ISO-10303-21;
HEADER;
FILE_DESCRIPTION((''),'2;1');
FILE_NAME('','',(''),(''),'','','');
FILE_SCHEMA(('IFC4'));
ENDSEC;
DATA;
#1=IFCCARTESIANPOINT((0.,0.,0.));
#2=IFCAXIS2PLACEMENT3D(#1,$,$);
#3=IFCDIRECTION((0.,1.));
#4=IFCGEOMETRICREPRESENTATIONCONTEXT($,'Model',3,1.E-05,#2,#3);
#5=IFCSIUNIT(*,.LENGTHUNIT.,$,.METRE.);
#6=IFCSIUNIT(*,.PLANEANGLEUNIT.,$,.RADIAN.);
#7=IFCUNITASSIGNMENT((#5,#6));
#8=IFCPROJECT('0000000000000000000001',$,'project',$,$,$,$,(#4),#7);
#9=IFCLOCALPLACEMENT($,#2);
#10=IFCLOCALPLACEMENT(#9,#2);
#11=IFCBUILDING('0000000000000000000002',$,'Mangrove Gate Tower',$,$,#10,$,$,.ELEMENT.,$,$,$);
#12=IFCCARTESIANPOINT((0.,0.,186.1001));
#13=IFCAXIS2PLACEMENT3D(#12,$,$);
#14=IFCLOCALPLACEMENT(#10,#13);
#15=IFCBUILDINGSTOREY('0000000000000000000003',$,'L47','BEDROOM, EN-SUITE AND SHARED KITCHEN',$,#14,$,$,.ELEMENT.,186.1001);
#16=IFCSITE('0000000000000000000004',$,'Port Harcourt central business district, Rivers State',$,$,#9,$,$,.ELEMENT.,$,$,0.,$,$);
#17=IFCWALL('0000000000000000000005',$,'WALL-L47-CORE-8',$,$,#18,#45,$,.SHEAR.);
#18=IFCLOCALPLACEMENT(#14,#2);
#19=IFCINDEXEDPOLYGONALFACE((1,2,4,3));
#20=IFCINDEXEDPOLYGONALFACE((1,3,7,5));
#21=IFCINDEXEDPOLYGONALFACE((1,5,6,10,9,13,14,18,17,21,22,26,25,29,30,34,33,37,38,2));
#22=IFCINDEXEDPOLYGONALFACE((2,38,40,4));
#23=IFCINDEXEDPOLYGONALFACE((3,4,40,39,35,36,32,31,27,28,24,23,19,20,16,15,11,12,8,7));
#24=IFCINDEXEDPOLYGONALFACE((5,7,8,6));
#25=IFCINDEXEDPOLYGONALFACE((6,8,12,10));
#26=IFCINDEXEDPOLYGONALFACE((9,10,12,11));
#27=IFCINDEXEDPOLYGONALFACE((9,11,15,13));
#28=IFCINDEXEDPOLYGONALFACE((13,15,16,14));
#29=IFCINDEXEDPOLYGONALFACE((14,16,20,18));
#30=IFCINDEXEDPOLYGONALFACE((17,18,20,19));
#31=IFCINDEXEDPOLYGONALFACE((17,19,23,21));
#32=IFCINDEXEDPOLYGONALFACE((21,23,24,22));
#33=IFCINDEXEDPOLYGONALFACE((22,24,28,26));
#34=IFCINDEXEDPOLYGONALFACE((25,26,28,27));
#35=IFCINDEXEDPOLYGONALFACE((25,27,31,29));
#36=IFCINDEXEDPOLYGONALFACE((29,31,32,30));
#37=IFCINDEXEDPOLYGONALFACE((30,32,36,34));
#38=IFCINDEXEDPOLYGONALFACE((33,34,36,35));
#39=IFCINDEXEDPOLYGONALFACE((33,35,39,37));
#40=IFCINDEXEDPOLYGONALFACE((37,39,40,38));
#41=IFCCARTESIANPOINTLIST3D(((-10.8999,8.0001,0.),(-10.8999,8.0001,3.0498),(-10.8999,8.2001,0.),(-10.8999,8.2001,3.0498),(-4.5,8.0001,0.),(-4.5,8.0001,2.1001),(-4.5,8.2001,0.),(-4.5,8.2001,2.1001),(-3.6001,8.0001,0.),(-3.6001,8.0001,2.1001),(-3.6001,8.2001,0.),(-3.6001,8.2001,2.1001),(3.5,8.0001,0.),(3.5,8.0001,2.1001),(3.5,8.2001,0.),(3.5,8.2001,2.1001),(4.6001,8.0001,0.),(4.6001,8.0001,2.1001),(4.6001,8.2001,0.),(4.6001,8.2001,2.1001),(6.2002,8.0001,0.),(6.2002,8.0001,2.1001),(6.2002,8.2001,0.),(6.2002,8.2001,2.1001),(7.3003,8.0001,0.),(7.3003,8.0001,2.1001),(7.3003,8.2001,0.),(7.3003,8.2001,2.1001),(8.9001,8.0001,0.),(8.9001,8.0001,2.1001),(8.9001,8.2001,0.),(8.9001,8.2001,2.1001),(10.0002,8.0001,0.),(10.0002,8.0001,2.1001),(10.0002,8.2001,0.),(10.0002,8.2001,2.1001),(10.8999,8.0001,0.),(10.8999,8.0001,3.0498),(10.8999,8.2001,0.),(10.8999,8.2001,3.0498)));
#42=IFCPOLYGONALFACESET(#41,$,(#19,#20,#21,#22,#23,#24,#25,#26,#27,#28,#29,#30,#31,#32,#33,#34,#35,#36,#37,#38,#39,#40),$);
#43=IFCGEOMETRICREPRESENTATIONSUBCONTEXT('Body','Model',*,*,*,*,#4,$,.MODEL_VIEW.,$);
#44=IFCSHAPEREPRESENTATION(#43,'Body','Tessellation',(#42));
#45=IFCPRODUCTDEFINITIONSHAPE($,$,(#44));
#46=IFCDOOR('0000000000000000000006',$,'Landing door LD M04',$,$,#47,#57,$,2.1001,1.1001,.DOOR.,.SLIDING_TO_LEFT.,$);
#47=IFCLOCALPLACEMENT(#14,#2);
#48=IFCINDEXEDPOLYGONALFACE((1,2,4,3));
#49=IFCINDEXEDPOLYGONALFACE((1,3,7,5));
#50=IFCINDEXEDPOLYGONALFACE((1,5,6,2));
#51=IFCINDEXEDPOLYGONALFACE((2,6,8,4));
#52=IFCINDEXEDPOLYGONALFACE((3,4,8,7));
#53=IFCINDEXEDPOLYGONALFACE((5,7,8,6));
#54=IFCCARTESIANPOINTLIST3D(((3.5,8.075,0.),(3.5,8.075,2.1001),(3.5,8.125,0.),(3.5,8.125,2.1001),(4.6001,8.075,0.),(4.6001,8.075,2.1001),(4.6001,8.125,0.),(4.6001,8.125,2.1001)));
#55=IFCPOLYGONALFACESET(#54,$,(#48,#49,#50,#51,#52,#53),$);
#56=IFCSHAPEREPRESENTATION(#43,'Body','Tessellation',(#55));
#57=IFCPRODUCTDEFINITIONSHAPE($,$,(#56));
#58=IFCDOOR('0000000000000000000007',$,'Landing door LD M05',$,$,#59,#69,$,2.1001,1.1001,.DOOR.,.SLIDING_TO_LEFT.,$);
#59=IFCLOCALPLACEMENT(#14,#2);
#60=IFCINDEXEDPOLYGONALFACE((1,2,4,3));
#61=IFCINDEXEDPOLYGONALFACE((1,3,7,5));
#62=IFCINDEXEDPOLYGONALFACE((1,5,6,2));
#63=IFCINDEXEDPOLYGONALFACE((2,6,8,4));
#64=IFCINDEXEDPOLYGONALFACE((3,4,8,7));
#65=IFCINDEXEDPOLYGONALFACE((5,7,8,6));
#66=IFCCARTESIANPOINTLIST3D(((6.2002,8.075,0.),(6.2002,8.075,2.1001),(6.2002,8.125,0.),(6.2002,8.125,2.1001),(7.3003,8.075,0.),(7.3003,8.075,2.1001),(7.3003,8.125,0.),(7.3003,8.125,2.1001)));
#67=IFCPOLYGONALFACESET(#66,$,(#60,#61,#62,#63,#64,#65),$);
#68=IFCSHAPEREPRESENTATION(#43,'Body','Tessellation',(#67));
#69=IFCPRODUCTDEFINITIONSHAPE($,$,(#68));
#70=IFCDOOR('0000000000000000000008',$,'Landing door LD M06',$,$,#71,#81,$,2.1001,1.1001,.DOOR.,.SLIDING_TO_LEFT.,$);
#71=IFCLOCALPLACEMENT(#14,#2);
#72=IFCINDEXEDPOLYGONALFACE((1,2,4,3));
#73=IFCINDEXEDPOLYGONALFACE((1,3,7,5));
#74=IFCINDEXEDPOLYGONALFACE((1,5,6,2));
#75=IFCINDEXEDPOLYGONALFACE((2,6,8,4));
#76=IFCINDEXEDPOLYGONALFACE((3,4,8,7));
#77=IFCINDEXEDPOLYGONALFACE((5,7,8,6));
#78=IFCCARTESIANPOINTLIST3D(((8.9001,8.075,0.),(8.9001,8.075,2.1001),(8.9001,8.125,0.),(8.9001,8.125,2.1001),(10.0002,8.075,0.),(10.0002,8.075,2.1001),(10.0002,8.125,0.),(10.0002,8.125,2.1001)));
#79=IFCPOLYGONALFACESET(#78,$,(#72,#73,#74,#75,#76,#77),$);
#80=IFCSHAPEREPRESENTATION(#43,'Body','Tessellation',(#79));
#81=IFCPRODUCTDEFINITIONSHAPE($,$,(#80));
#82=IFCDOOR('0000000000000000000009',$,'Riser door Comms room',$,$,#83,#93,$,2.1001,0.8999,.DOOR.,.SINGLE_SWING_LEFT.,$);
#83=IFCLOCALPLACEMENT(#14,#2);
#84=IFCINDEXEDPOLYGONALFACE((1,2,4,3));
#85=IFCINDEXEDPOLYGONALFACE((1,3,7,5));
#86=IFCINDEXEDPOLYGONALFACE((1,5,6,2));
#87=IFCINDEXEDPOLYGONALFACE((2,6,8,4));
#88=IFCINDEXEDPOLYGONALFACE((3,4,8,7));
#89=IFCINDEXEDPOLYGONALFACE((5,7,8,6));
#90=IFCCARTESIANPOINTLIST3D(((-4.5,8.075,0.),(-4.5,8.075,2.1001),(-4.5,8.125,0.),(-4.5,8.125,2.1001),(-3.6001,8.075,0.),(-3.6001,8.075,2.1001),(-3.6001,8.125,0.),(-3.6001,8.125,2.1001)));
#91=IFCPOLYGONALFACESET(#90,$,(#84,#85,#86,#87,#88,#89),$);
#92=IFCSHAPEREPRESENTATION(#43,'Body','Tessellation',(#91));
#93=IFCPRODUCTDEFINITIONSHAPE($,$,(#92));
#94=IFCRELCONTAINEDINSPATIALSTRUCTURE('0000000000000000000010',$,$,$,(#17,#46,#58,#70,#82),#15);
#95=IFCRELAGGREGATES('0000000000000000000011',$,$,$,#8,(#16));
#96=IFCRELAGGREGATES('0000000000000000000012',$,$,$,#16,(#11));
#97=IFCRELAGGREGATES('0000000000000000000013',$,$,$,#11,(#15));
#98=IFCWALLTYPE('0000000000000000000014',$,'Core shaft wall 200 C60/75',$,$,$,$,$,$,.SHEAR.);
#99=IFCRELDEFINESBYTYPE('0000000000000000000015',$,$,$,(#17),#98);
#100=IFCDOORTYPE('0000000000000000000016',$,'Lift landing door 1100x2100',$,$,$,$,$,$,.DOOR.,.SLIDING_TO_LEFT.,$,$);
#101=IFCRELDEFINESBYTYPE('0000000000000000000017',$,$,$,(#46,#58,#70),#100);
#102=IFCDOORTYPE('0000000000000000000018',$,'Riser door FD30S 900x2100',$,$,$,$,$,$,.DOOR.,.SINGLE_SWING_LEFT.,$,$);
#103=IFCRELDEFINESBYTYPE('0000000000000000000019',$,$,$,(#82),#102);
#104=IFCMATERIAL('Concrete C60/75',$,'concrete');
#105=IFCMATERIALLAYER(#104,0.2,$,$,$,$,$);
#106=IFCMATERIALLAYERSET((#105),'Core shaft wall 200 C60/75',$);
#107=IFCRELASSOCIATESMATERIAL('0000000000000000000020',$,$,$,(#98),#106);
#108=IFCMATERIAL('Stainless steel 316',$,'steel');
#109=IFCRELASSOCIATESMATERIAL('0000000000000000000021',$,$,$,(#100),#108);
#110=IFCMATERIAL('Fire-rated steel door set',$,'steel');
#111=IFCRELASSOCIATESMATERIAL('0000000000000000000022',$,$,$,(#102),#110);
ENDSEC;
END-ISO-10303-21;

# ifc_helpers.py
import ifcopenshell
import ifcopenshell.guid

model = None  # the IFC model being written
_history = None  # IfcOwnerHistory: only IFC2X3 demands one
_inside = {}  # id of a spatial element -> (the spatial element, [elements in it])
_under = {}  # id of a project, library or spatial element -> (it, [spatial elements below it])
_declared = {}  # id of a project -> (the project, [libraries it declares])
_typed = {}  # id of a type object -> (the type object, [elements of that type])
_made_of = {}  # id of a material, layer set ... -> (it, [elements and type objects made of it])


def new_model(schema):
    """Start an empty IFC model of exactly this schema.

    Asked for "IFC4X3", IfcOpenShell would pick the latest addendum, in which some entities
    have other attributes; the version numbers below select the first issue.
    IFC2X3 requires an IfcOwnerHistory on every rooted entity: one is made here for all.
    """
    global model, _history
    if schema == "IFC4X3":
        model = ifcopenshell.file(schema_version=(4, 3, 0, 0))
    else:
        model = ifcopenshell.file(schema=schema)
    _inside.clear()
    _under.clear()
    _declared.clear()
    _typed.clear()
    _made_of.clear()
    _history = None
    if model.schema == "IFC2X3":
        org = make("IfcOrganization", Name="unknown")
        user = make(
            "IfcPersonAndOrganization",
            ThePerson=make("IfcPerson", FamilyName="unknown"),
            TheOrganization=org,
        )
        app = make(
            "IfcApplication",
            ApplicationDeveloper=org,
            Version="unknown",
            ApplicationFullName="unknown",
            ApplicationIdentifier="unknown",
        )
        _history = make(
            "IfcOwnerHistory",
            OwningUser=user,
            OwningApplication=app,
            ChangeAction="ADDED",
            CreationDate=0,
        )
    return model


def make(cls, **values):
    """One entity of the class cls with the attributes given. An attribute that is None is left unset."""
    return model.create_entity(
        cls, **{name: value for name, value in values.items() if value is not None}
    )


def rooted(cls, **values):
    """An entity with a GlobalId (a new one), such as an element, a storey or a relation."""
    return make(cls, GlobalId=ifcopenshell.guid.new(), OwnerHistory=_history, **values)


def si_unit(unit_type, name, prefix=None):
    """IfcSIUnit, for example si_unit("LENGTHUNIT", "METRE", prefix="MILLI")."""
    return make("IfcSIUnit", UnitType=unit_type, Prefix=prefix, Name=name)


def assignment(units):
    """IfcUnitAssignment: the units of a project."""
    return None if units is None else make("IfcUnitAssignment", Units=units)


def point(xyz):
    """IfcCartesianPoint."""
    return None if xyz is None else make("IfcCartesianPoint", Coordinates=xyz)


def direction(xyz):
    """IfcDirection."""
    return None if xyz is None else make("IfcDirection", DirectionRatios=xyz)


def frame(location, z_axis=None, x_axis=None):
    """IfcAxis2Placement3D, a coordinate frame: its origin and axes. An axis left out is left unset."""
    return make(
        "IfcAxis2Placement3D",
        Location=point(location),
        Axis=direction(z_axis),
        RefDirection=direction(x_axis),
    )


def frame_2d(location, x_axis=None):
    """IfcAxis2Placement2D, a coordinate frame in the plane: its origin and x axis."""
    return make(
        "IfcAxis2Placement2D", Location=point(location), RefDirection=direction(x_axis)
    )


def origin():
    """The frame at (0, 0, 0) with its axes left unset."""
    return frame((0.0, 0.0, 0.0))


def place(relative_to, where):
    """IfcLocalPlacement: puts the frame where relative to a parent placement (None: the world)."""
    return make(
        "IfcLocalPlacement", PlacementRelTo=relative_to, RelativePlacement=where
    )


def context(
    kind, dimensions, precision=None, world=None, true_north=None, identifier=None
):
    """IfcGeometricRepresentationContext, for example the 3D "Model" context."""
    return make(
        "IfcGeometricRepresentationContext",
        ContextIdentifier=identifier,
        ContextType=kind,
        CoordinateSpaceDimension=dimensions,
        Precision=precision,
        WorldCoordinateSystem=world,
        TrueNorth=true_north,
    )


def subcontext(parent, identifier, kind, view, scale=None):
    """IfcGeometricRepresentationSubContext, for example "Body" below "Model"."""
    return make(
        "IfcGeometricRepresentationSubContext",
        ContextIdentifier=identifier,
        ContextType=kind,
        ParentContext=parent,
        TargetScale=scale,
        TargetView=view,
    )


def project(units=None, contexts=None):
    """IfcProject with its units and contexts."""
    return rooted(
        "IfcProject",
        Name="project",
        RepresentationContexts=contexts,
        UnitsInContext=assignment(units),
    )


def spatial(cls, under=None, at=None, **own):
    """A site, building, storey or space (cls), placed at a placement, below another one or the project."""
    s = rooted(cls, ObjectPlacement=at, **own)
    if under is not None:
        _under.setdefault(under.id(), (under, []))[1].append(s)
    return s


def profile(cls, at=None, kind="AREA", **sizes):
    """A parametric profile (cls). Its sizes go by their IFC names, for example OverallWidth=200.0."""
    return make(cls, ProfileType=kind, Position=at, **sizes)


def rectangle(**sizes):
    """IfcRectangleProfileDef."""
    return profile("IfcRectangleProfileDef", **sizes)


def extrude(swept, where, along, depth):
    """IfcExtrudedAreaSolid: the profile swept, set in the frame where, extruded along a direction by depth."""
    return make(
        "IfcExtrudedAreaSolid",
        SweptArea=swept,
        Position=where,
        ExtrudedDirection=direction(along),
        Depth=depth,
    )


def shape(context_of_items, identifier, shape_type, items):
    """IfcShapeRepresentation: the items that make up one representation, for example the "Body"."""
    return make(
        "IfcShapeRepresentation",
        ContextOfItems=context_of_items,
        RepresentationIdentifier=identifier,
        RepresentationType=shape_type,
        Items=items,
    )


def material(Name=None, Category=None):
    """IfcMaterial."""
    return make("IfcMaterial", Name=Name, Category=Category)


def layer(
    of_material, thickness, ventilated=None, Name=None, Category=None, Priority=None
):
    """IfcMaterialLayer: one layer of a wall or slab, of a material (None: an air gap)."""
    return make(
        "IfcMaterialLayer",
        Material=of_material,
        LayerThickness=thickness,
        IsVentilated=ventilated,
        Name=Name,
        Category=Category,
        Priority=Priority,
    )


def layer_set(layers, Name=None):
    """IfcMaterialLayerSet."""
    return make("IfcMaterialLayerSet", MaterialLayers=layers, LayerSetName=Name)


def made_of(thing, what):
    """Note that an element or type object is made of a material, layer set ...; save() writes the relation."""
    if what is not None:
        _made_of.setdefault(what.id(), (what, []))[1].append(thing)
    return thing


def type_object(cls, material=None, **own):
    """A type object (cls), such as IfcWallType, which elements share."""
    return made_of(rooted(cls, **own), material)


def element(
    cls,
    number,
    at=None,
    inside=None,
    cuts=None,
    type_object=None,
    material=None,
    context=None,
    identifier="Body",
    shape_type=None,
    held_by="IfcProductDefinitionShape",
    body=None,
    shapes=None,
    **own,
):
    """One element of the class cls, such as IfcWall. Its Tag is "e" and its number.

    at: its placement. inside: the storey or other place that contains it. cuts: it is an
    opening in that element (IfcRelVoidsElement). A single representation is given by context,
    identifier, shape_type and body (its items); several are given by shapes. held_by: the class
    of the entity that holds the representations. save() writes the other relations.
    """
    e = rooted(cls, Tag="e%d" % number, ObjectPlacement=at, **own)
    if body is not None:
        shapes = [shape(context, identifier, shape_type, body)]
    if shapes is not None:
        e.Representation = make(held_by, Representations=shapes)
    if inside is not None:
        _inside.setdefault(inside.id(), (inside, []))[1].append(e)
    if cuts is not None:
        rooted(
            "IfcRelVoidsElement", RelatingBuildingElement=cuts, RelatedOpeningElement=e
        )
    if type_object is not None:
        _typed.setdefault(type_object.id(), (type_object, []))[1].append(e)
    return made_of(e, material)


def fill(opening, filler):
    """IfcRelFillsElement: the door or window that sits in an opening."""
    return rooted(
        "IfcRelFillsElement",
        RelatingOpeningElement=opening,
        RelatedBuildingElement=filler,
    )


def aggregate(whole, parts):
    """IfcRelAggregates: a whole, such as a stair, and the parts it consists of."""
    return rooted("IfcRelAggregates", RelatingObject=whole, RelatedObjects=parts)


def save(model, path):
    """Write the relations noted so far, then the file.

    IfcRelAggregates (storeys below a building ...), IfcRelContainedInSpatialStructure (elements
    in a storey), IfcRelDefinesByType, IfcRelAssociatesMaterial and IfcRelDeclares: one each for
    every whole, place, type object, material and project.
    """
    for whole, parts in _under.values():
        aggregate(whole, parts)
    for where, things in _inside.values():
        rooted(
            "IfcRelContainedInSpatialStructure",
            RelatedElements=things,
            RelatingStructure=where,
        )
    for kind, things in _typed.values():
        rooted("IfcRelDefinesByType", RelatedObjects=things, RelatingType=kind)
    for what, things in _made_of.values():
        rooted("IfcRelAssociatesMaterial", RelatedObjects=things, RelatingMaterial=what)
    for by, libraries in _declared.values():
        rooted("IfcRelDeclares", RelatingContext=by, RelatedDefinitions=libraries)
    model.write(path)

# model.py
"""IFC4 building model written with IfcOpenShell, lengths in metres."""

from ifc_helpers import new_model, si_unit, direction, frame, frame_2d, origin, place, context, subcontext, project, spatial, rectangle, extrude, material, layer, layer_set, type_object, element, fill, save


model = new_model("IFC4")

# Units and contexts
model_context = context("Model", 3, precision=1e-05, world=origin(), true_north=direction((0.0, 1.0)))
body_context = subcontext(model_context, "Body", "Model", "MODEL_VIEW")
ifc_project = project(units=[si_unit("LENGTHUNIT", "METRE"), si_unit("PLANEANGLEUNIT", "RADIAN")], contexts=[model_context])

# Site, building, storey
site_placement = place(None, origin())
site = spatial("IfcSite", under=ifc_project, at=site_placement, Name="Port Harcourt central business district, Rivers State", CompositionType="ELEMENT", RefElevation=0.0)
building_placement = place(site_placement, origin())
building = spatial("IfcBuilding", under=site, at=building_placement, Name="Mangrove Gate Tower", CompositionType="ELEMENT")
storey_placement = place(building_placement, frame((0.0, 0.0, 186.1001)))
storey = spatial("IfcBuildingStorey", under=building, at=storey_placement, Name="L47", Description="BEDROOM, EN-SUITE AND SHARED KITCHEN", CompositionType="ELEMENT", Elevation=186.1001)

# Shared definitions
ifc_material_1 = material(Name="Concrete C60/75", Category="concrete")
ifc_layer_1 = layer(ifc_material_1, 0.2)
ifc_layer_set_1 = layer_set([ifc_layer_1], Name="Core shaft wall 200 C60/75")
wall_type_1 = type_object("IfcWallType", Name="Core shaft wall 200 C60/75", PredefinedType="SHEAR", material=ifc_layer_set_1)

# Wall, openings, doors
ifc_material_2 = material(Name="Stainless steel 316", Category="steel")
door_type_1 = type_object("IfcDoorType", Name="Lift landing door 1100x2100", OperationType="SLIDING_TO_LEFT", PredefinedType="DOOR", material=ifc_material_2)
ifc_material_3 = material(Name="Fire-rated steel door set", Category="steel")
door_type_2 = type_object("IfcDoorType", Name="Riser door FD30S 900x2100", OperationType="SINGLE_SWING_LEFT", PredefinedType="DOOR", material=ifc_material_3)
wall_1_placement = place(storey_placement, frame((-10.8999, 8.1001, 0.0), z_axis=(0.0, 0.0, 1.0), x_axis=(1.0, 0.0, 0.0)))
wall_1 = element("IfcWall", 1, at=wall_1_placement, inside=storey, type_object=wall_type_1, Name="WALL-L47-CORE-8", PredefinedType="SHEAR", context=body_context, shape_type="SweptSolid", body=[
    extrude(rectangle(XDim=21.7998, YDim=0.2, at=frame_2d((10.8999, 0.0))), origin(), (0.0, 0.0, 1.0), 3.0498),
])
opening_1_placement = place(wall_1_placement, frame((14.3999, 0.0, 0.0)))
opening_1 = element("IfcOpeningElement", 2, at=opening_1_placement, cuts=wall_1, PredefinedType="OPENING", context=body_context, shape_type="SweptSolid", body=[
    extrude(rectangle(XDim=1.1001, YDim=2.1001, at=frame_2d((0.55, 1.05))), frame((0.0, 0.1099, 0.0), z_axis=(0.0, -1.0, 0.0), x_axis=(1.0, 0.0, 0.0)), (0.0, 0.0, 1.0), 0.22),
])
opening_2_placement = place(wall_1_placement, frame((17.1001, 0.0, 0.0)))
opening_2 = element("IfcOpeningElement", 3, at=opening_2_placement, cuts=wall_1, PredefinedType="OPENING", context=body_context, shape_type="SweptSolid", body=[
    extrude(rectangle(XDim=1.1001, YDim=2.1001, at=frame_2d((0.55, 1.05))), frame((0.0, 0.1099, 0.0), z_axis=(0.0, -1.0, 0.0), x_axis=(1.0, 0.0, 0.0)), (0.0, 0.0, 1.0), 0.22),
])
opening_3_placement = place(wall_1_placement, frame((19.8, 0.0, 0.0)))
opening_3 = element("IfcOpeningElement", 4, at=opening_3_placement, cuts=wall_1, PredefinedType="OPENING", context=body_context, shape_type="SweptSolid", body=[
    extrude(rectangle(XDim=1.1001, YDim=2.1001, at=frame_2d((0.55, 1.05))), frame((0.0, 0.1099, 0.0), z_axis=(0.0, -1.0, 0.0), x_axis=(1.0, 0.0, 0.0)), (0.0, 0.0, 1.0), 0.22),
])
opening_4_placement = place(wall_1_placement, frame((6.3999, 0.0, 0.0)))
opening_4 = element("IfcOpeningElement", 5, at=opening_4_placement, cuts=wall_1, PredefinedType="OPENING", context=body_context, shape_type="SweptSolid", body=[
    extrude(rectangle(XDim=0.8999, YDim=2.1001, at=frame_2d((0.45, 1.05))), frame((0.0, 0.1099, 0.0), z_axis=(0.0, -1.0, 0.0), x_axis=(1.0, 0.0, 0.0)), (0.0, 0.0, 1.0), 0.22),
])
door_1_placement = place(opening_1_placement, origin())
door_1 = element("IfcDoor", 6, at=door_1_placement, inside=storey, type_object=door_type_1, Name="Landing door LD M04", OperationType="SLIDING_TO_LEFT", OverallHeight=2.1001, OverallWidth=1.1001, PredefinedType="DOOR", context=body_context, shape_type="SweptSolid", body=[
    extrude(rectangle(XDim=1.1001, YDim=2.1001, at=frame_2d((0.55, 1.05))), frame((0.0, 0.0249, 0.0), z_axis=(0.0, -1.0, 0.0), x_axis=(1.0, 0.0, 0.0)), (0.0, 0.0, 1.0), 0.05),
])
fill(opening_1, door_1)
door_2_placement = place(opening_2_placement, origin())
door_2 = element("IfcDoor", 7, at=door_2_placement, inside=storey, type_object=door_type_1, Name="Landing door LD M05", OperationType="SLIDING_TO_LEFT", OverallHeight=2.1001, OverallWidth=1.1001, PredefinedType="DOOR", context=body_context, shape_type="SweptSolid", body=[
    extrude(rectangle(XDim=1.1001, YDim=2.1001, at=frame_2d((0.55, 1.05))), frame((0.0, 0.0249, 0.0), z_axis=(0.0, -1.0, 0.0), x_axis=(1.0, 0.0, 0.0)), (0.0, 0.0, 1.0), 0.05),
])
fill(opening_2, door_2)
door_3_placement = place(opening_3_placement, origin())
door_3 = element("IfcDoor", 8, at=door_3_placement, inside=storey, type_object=door_type_1, Name="Landing door LD M06", OperationType="SLIDING_TO_LEFT", OverallHeight=2.1001, OverallWidth=1.1001, PredefinedType="DOOR", context=body_context, shape_type="SweptSolid", body=[
    extrude(rectangle(XDim=1.1001, YDim=2.1001, at=frame_2d((0.55, 1.05))), frame((0.0, 0.0249, 0.0), z_axis=(0.0, -1.0, 0.0), x_axis=(1.0, 0.0, 0.0)), (0.0, 0.0, 1.0), 0.05),
])
fill(opening_3, door_3)
door_4_placement = place(opening_4_placement, origin())
door_4 = element("IfcDoor", 9, at=door_4_placement, inside=storey, type_object=door_type_2, Name="Riser door Comms room", OperationType="SINGLE_SWING_LEFT", OverallHeight=2.1001, OverallWidth=0.8999, PredefinedType="DOOR", context=body_context, shape_type="SweptSolid", body=[
    extrude(rectangle(XDim=0.8999, YDim=2.1001, at=frame_2d((0.45, 1.05))), frame((0.0, 0.0249, 0.0), z_axis=(0.0, -1.0, 0.0), x_axis=(1.0, 0.0, 0.0)), (0.0, 0.0, 1.0), 0.05),
])
fill(opening_4, door_4)

save(model, "model.ifc")
